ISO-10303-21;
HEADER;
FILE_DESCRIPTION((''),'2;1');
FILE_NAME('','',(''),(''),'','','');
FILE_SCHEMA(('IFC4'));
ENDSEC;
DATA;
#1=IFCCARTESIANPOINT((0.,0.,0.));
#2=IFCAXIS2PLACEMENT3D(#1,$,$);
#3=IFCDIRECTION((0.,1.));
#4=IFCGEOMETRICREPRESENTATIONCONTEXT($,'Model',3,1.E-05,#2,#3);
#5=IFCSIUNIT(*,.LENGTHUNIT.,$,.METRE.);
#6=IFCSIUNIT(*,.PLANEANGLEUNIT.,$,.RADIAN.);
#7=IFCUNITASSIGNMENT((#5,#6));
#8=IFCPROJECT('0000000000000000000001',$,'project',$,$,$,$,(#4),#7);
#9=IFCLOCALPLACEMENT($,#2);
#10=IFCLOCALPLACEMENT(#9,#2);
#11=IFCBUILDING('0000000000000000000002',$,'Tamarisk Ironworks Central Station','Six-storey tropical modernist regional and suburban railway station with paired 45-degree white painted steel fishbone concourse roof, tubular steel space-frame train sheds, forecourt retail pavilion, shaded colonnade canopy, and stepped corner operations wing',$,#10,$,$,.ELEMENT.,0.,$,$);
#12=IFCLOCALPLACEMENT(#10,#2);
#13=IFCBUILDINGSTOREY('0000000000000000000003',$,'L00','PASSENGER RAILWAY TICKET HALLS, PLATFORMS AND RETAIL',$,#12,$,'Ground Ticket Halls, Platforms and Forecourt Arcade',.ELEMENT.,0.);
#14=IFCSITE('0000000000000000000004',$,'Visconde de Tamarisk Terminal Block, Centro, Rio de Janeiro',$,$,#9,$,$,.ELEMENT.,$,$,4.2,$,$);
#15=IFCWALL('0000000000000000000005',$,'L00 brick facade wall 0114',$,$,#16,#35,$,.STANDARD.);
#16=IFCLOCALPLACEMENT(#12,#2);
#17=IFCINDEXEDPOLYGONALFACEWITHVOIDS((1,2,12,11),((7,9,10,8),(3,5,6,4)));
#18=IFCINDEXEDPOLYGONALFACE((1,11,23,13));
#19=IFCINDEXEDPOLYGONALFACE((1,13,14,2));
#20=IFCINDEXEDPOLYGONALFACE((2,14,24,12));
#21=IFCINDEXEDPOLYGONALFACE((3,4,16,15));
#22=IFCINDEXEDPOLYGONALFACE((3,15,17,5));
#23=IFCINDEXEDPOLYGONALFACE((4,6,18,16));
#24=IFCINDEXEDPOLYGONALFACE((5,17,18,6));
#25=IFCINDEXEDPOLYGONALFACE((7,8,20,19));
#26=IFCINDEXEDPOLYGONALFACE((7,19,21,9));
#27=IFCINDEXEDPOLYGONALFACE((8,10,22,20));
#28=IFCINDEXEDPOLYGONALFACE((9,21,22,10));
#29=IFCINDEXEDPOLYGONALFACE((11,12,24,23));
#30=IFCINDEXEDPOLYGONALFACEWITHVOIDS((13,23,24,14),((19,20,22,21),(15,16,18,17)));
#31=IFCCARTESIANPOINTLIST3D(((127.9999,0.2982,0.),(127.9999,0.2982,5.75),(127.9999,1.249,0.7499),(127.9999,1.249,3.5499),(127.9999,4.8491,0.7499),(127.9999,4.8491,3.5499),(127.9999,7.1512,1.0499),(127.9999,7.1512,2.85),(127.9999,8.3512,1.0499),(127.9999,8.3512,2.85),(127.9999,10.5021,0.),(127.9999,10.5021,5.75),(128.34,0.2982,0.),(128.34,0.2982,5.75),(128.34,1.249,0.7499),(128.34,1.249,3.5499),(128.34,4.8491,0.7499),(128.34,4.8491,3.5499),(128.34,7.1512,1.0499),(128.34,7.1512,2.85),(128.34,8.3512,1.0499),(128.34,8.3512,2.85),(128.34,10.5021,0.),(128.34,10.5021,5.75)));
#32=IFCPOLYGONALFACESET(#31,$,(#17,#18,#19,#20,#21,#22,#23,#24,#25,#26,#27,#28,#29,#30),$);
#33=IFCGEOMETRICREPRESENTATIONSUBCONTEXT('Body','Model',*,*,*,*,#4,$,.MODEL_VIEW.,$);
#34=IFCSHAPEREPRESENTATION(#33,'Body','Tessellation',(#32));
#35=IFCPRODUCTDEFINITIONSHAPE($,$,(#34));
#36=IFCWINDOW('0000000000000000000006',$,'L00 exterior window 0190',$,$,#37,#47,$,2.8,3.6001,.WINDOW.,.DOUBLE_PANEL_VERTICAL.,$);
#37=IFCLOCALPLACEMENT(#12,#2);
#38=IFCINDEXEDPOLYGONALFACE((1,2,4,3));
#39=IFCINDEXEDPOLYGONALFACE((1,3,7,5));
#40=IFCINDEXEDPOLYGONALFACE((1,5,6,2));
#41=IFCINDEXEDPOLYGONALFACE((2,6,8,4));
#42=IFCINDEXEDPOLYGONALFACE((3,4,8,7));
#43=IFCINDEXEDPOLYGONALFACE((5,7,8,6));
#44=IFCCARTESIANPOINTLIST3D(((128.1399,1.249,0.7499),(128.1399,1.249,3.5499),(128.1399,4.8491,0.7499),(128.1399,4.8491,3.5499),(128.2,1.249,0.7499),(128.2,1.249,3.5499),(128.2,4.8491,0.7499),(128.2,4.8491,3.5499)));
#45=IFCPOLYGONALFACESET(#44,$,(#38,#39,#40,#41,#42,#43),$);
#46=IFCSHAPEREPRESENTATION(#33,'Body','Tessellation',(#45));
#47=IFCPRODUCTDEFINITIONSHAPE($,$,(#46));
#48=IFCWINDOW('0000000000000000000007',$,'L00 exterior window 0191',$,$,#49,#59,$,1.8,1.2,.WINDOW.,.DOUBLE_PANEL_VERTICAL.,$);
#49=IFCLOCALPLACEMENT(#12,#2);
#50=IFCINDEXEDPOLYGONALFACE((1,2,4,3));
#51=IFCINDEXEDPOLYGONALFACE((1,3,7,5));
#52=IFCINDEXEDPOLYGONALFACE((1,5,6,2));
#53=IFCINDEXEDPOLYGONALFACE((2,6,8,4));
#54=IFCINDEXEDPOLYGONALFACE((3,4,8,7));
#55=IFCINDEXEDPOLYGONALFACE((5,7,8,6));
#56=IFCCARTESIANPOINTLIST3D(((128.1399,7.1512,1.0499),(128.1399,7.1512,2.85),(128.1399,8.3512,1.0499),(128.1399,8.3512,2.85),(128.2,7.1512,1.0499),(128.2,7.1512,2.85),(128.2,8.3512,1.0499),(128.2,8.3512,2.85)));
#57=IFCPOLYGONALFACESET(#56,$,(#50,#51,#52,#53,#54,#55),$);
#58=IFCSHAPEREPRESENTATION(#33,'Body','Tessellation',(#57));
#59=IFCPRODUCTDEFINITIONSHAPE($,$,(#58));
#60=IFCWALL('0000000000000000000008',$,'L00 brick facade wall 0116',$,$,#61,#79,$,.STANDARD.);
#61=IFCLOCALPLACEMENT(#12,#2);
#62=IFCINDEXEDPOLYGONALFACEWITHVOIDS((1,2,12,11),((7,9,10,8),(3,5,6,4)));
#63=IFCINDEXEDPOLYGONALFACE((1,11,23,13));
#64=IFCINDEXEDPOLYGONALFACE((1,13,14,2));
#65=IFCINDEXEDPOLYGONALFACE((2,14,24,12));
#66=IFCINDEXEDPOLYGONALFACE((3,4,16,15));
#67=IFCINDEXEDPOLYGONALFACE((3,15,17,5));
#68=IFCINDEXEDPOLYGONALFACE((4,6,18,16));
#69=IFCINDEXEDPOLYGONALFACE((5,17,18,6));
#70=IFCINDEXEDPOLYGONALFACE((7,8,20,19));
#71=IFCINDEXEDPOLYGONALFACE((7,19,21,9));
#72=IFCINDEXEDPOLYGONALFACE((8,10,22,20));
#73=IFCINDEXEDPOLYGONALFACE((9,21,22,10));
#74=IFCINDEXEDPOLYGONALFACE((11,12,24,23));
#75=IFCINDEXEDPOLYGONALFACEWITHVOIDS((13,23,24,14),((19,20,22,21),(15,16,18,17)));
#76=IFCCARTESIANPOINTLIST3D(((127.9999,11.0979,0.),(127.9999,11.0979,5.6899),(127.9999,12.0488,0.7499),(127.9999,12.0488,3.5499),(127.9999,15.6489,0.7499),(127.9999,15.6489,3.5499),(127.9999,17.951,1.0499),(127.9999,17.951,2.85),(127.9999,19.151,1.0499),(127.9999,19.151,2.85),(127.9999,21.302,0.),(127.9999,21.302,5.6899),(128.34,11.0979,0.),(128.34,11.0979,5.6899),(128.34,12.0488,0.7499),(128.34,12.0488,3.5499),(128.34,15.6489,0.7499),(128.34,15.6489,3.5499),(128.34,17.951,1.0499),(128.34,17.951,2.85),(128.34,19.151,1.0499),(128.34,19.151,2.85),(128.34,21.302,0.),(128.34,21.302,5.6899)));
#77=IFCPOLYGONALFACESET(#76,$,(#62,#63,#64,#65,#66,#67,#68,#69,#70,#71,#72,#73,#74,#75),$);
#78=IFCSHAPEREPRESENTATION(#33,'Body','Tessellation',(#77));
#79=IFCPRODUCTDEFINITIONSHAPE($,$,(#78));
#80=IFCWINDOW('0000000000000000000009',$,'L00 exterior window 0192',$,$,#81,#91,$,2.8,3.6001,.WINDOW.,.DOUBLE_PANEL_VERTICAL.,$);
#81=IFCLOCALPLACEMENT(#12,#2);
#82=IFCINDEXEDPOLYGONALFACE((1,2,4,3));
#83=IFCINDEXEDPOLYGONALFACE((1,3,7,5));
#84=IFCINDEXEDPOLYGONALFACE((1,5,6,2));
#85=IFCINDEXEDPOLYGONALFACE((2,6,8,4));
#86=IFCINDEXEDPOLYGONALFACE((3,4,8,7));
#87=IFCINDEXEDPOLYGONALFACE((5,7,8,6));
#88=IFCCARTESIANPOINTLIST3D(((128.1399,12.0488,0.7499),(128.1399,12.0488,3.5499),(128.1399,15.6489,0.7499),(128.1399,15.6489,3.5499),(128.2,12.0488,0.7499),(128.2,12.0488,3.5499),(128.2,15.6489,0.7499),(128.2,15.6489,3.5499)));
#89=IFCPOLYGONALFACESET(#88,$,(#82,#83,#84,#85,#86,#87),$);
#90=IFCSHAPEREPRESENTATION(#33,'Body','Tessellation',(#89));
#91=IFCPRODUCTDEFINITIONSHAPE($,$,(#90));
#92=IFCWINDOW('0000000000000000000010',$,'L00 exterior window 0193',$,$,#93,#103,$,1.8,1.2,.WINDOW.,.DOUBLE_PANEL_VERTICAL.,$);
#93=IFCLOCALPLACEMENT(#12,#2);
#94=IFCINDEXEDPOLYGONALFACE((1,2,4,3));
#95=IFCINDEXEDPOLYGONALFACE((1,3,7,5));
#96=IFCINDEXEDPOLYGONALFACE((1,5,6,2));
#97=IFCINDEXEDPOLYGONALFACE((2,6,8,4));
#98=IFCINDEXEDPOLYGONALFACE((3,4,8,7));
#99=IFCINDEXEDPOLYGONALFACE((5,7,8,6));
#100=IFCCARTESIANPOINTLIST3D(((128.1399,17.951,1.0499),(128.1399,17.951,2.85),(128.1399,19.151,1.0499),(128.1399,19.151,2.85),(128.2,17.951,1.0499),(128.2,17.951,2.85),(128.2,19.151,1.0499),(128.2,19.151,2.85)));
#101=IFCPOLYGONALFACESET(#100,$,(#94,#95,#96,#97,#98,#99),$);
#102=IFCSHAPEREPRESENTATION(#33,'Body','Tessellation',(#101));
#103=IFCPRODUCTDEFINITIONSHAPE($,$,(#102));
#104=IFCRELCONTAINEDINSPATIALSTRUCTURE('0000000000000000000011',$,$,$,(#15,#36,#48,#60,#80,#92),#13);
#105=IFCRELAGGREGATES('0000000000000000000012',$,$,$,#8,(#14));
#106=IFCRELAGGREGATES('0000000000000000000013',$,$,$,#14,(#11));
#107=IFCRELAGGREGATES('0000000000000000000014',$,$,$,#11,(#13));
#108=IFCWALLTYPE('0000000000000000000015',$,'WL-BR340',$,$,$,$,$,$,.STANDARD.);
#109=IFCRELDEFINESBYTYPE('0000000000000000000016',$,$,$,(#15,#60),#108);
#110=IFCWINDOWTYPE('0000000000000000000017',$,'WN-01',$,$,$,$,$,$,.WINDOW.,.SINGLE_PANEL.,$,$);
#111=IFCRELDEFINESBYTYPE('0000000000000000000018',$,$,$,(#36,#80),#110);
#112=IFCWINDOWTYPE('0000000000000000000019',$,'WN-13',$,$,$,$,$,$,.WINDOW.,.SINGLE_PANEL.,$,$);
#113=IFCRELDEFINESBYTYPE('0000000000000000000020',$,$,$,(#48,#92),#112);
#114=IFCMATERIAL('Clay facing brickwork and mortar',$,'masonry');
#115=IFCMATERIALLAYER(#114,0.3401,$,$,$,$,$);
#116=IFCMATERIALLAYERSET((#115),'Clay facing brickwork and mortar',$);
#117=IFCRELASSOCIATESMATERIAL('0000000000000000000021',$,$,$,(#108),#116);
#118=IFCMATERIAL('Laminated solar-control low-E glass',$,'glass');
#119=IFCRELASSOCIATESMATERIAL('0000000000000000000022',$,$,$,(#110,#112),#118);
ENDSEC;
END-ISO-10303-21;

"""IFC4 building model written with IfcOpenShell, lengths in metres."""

from ifc_helpers import new_model, si_unit, direction, frame, frame_2d, origin, place, context, subcontext, project, spatial, rectangle, extrude, material, layer, layer_set, type_object, element, fill, save


model = new_model("IFC4")

# Units and contexts
model_context = context("Model", 3, precision=1e-05, world=origin(), true_north=direction((0.0, 1.0)))
body_context = subcontext(model_context, "Body", "Model", "MODEL_VIEW")
ifc_project = project(units=[si_unit("LENGTHUNIT", "METRE"), si_unit("PLANEANGLEUNIT", "RADIAN")], contexts=[model_context])

# Site, building, storey
site_placement = place(None, origin())
site = spatial("IfcSite", under=ifc_project, at=site_placement, Name="Visconde de Tamarisk Terminal Block, Centro, Rio de Janeiro", CompositionType="ELEMENT", RefElevation=4.2)
building_placement = place(site_placement, origin())
building = spatial("IfcBuilding", under=site, at=building_placement, Name="Tamarisk Ironworks Central Station", Description="Six-storey tropical modernist regional and suburban railway station with paired 45-degree white painted steel fishbone concourse roof, tubular steel space-frame train sheds, forecourt retail pavilion, shaded colonnade canopy, and stepped corner operations wing", CompositionType="ELEMENT", ElevationOfRefHeight=0.0)
storey_placement = place(building_placement, origin())
storey = spatial("IfcBuildingStorey", under=building, at=storey_placement, Name="L00", Description="PASSENGER RAILWAY TICKET HALLS, PLATFORMS AND RETAIL", LongName="Ground Ticket Halls, Platforms and Forecourt Arcade", CompositionType="ELEMENT", Elevation=0.0)

# Shared definitions
ifc_material_1 = material(Name="Clay facing brickwork and mortar", Category="masonry")

# Shared definitions
ifc_material_2 = material(Name="Laminated solar-control low-E glass", Category="glass")

# Shared definitions
ifc_layer_1 = layer(ifc_material_1, 0.3401)
ifc_layer_set_1 = layer_set([ifc_layer_1], Name="Clay facing brickwork and mortar")
wall_type = type_object("IfcWallType", Name="WL-BR340", PredefinedType="STANDARD", material=ifc_layer_set_1)

# Walls, openings, windows
wall_1_placement = place(storey_placement, frame((128.1699, 0.2981, 0.0), z_axis=(0.0, 0.0, 1.0), x_axis=(0.0, 1.0, 0.0)))
wall_1 = element("IfcWall", 1, at=wall_1_placement, inside=storey, type_object=wall_type, Name="L00 brick facade wall 0114", PredefinedType="STANDARD", context=body_context, shape_type="SweptSolid", body=[
    extrude(rectangle(XDim=10.2039, YDim=0.3401, at=frame_2d((5.1021, 0.0))), origin(), (0.0, 0.0, 1.0), 5.75),
])
opening_1_placement = place(wall_1_placement, frame((0.9509, 0.0, 0.75)))
opening_1 = element("IfcOpeningElement", 2, at=opening_1_placement, cuts=wall_1, PredefinedType="OPENING", context=body_context, shape_type="SweptSolid", body=[
    extrude(rectangle(XDim=3.6001, YDim=2.8, at=frame_2d((1.8, 1.3999))), frame((0.0, 0.1821, 0.0), z_axis=(0.0, -1.0, 0.0), x_axis=(1.0, 0.0, 0.0)), (0.0, 0.0, 1.0), 0.364),
])
opening_2_placement = place(wall_1_placement, frame((6.853, 0.0, 1.05)))
opening_2 = element("IfcOpeningElement", 3, at=opening_2_placement, cuts=wall_1, PredefinedType="OPENING", context=body_context, shape_type="SweptSolid", body=[
    extrude(rectangle(XDim=1.2, YDim=1.8, at=frame_2d((0.6001, 0.8999))), frame((0.0, 0.1821, 0.0), z_axis=(0.0, -1.0, 0.0), x_axis=(1.0, 0.0, 0.0)), (0.0, 0.0, 1.0), 0.364),
])
window_type_1 = type_object("IfcWindowType", Name="WN-01", PartitioningType="SINGLE_PANEL", PredefinedType="WINDOW", material=ifc_material_2)
window_1_placement = place(opening_1_placement, origin())
window_1 = element("IfcWindow", 4, at=window_1_placement, inside=storey, type_object=window_type_1, Name="L00 exterior window 0190", OverallHeight=2.8, OverallWidth=3.6001, PartitioningType="DOUBLE_PANEL_VERTICAL", PredefinedType="WINDOW", context=body_context, shape_type="SweptSolid", body=[
    extrude(rectangle(XDim=3.6001, YDim=2.8, at=frame_2d((1.8, 1.3999))), frame((0.0, 0.03, 0.0), z_axis=(0.0, -1.0, 0.0), x_axis=(1.0, 0.0, 0.0)), (0.0, 0.0, 1.0), 0.0601),
])
fill(opening_1, window_1)
window_type_2 = type_object("IfcWindowType", Name="WN-13", PartitioningType="SINGLE_PANEL", PredefinedType="WINDOW", material=ifc_material_2)
window_2_placement = place(opening_2_placement, origin())
window_2 = element("IfcWindow", 5, at=window_2_placement, inside=storey, type_object=window_type_2, Name="L00 exterior window 0191", OverallHeight=1.8, OverallWidth=1.2, PartitioningType="DOUBLE_PANEL_VERTICAL", PredefinedType="WINDOW", context=body_context, shape_type="SweptSolid", body=[
    extrude(rectangle(XDim=1.2, YDim=1.8, at=frame_2d((0.6001, 0.8999))), frame((0.0, 0.03, 0.0), z_axis=(0.0, -1.0, 0.0), x_axis=(1.0, 0.0, 0.0)), (0.0, 0.0, 1.0), 0.0601),
])
fill(opening_2, window_2)
wall_2_placement = place(storey_placement, frame((128.1699, 11.0979, 0.0), z_axis=(0.0, 0.0, 1.0), x_axis=(0.0, 1.0, 0.0)))
wall_2 = element("IfcWall", 6, at=wall_2_placement, inside=storey, type_object=wall_type, Name="L00 brick facade wall 0116", PredefinedType="STANDARD", context=body_context, shape_type="SweptSolid", body=[
    extrude(rectangle(XDim=10.2041, YDim=0.3401, at=frame_2d((5.1021, 0.0))), origin(), (0.0, 0.0, 1.0), 5.6899),
])
opening_3_placement = place(wall_2_placement, frame((0.9509, 0.0, 0.75)))
opening_3 = element("IfcOpeningElement", 7, at=opening_3_placement, cuts=wall_2, PredefinedType="OPENING", context=body_context, shape_type="SweptSolid", body=[
    extrude(rectangle(XDim=3.6001, YDim=2.8, at=frame_2d((1.8, 1.3999))), frame((0.0, 0.1821, 0.0), z_axis=(0.0, -1.0, 0.0), x_axis=(1.0, 0.0, 0.0)), (0.0, 0.0, 1.0), 0.364),
])
opening_4_placement = place(wall_2_placement, frame((6.853, 0.0, 1.05)))
opening_4 = element("IfcOpeningElement", 8, at=opening_4_placement, cuts=wall_2, PredefinedType="OPENING", context=body_context, shape_type="SweptSolid", body=[
    extrude(rectangle(XDim=1.2, YDim=1.8, at=frame_2d((0.6001, 0.8999))), frame((0.0, 0.1821, 0.0), z_axis=(0.0, -1.0, 0.0), x_axis=(1.0, 0.0, 0.0)), (0.0, 0.0, 1.0), 0.364),
])
window_3_placement = place(opening_3_placement, origin())
window_3 = element("IfcWindow", 9, at=window_3_placement, inside=storey, type_object=window_type_1, Name="L00 exterior window 0192", OverallHeight=2.8, OverallWidth=3.6001, PartitioningType="DOUBLE_PANEL_VERTICAL", PredefinedType="WINDOW", context=body_context, shape_type="SweptSolid", body=[
    extrude(rectangle(XDim=3.6001, YDim=2.8, at=frame_2d((1.8, 1.3999))), frame((0.0, 0.03, 0.0), z_axis=(0.0, -1.0, 0.0), x_axis=(1.0, 0.0, 0.0)), (0.0, 0.0, 1.0), 0.0601),
])
fill(opening_3, window_3)
window_4_placement = place(opening_4_placement, origin())
window_4 = element("IfcWindow", 10, at=window_4_placement, inside=storey, type_object=window_type_2, Name="L00 exterior window 0193", OverallHeight=1.8, OverallWidth=1.2, PartitioningType="DOUBLE_PANEL_VERTICAL", PredefinedType="WINDOW", context=body_context, shape_type="SweptSolid", body=[
    extrude(rectangle(XDim=1.2, YDim=1.8, at=frame_2d((0.6001, 0.8999))), frame((0.0, 0.03, 0.0), z_axis=(0.0, -1.0, 0.0), x_axis=(1.0, 0.0, 0.0)), (0.0, 0.0, 1.0), 0.0601),
])
fill(opening_4, window_4)

save(model, "model.ifc")
